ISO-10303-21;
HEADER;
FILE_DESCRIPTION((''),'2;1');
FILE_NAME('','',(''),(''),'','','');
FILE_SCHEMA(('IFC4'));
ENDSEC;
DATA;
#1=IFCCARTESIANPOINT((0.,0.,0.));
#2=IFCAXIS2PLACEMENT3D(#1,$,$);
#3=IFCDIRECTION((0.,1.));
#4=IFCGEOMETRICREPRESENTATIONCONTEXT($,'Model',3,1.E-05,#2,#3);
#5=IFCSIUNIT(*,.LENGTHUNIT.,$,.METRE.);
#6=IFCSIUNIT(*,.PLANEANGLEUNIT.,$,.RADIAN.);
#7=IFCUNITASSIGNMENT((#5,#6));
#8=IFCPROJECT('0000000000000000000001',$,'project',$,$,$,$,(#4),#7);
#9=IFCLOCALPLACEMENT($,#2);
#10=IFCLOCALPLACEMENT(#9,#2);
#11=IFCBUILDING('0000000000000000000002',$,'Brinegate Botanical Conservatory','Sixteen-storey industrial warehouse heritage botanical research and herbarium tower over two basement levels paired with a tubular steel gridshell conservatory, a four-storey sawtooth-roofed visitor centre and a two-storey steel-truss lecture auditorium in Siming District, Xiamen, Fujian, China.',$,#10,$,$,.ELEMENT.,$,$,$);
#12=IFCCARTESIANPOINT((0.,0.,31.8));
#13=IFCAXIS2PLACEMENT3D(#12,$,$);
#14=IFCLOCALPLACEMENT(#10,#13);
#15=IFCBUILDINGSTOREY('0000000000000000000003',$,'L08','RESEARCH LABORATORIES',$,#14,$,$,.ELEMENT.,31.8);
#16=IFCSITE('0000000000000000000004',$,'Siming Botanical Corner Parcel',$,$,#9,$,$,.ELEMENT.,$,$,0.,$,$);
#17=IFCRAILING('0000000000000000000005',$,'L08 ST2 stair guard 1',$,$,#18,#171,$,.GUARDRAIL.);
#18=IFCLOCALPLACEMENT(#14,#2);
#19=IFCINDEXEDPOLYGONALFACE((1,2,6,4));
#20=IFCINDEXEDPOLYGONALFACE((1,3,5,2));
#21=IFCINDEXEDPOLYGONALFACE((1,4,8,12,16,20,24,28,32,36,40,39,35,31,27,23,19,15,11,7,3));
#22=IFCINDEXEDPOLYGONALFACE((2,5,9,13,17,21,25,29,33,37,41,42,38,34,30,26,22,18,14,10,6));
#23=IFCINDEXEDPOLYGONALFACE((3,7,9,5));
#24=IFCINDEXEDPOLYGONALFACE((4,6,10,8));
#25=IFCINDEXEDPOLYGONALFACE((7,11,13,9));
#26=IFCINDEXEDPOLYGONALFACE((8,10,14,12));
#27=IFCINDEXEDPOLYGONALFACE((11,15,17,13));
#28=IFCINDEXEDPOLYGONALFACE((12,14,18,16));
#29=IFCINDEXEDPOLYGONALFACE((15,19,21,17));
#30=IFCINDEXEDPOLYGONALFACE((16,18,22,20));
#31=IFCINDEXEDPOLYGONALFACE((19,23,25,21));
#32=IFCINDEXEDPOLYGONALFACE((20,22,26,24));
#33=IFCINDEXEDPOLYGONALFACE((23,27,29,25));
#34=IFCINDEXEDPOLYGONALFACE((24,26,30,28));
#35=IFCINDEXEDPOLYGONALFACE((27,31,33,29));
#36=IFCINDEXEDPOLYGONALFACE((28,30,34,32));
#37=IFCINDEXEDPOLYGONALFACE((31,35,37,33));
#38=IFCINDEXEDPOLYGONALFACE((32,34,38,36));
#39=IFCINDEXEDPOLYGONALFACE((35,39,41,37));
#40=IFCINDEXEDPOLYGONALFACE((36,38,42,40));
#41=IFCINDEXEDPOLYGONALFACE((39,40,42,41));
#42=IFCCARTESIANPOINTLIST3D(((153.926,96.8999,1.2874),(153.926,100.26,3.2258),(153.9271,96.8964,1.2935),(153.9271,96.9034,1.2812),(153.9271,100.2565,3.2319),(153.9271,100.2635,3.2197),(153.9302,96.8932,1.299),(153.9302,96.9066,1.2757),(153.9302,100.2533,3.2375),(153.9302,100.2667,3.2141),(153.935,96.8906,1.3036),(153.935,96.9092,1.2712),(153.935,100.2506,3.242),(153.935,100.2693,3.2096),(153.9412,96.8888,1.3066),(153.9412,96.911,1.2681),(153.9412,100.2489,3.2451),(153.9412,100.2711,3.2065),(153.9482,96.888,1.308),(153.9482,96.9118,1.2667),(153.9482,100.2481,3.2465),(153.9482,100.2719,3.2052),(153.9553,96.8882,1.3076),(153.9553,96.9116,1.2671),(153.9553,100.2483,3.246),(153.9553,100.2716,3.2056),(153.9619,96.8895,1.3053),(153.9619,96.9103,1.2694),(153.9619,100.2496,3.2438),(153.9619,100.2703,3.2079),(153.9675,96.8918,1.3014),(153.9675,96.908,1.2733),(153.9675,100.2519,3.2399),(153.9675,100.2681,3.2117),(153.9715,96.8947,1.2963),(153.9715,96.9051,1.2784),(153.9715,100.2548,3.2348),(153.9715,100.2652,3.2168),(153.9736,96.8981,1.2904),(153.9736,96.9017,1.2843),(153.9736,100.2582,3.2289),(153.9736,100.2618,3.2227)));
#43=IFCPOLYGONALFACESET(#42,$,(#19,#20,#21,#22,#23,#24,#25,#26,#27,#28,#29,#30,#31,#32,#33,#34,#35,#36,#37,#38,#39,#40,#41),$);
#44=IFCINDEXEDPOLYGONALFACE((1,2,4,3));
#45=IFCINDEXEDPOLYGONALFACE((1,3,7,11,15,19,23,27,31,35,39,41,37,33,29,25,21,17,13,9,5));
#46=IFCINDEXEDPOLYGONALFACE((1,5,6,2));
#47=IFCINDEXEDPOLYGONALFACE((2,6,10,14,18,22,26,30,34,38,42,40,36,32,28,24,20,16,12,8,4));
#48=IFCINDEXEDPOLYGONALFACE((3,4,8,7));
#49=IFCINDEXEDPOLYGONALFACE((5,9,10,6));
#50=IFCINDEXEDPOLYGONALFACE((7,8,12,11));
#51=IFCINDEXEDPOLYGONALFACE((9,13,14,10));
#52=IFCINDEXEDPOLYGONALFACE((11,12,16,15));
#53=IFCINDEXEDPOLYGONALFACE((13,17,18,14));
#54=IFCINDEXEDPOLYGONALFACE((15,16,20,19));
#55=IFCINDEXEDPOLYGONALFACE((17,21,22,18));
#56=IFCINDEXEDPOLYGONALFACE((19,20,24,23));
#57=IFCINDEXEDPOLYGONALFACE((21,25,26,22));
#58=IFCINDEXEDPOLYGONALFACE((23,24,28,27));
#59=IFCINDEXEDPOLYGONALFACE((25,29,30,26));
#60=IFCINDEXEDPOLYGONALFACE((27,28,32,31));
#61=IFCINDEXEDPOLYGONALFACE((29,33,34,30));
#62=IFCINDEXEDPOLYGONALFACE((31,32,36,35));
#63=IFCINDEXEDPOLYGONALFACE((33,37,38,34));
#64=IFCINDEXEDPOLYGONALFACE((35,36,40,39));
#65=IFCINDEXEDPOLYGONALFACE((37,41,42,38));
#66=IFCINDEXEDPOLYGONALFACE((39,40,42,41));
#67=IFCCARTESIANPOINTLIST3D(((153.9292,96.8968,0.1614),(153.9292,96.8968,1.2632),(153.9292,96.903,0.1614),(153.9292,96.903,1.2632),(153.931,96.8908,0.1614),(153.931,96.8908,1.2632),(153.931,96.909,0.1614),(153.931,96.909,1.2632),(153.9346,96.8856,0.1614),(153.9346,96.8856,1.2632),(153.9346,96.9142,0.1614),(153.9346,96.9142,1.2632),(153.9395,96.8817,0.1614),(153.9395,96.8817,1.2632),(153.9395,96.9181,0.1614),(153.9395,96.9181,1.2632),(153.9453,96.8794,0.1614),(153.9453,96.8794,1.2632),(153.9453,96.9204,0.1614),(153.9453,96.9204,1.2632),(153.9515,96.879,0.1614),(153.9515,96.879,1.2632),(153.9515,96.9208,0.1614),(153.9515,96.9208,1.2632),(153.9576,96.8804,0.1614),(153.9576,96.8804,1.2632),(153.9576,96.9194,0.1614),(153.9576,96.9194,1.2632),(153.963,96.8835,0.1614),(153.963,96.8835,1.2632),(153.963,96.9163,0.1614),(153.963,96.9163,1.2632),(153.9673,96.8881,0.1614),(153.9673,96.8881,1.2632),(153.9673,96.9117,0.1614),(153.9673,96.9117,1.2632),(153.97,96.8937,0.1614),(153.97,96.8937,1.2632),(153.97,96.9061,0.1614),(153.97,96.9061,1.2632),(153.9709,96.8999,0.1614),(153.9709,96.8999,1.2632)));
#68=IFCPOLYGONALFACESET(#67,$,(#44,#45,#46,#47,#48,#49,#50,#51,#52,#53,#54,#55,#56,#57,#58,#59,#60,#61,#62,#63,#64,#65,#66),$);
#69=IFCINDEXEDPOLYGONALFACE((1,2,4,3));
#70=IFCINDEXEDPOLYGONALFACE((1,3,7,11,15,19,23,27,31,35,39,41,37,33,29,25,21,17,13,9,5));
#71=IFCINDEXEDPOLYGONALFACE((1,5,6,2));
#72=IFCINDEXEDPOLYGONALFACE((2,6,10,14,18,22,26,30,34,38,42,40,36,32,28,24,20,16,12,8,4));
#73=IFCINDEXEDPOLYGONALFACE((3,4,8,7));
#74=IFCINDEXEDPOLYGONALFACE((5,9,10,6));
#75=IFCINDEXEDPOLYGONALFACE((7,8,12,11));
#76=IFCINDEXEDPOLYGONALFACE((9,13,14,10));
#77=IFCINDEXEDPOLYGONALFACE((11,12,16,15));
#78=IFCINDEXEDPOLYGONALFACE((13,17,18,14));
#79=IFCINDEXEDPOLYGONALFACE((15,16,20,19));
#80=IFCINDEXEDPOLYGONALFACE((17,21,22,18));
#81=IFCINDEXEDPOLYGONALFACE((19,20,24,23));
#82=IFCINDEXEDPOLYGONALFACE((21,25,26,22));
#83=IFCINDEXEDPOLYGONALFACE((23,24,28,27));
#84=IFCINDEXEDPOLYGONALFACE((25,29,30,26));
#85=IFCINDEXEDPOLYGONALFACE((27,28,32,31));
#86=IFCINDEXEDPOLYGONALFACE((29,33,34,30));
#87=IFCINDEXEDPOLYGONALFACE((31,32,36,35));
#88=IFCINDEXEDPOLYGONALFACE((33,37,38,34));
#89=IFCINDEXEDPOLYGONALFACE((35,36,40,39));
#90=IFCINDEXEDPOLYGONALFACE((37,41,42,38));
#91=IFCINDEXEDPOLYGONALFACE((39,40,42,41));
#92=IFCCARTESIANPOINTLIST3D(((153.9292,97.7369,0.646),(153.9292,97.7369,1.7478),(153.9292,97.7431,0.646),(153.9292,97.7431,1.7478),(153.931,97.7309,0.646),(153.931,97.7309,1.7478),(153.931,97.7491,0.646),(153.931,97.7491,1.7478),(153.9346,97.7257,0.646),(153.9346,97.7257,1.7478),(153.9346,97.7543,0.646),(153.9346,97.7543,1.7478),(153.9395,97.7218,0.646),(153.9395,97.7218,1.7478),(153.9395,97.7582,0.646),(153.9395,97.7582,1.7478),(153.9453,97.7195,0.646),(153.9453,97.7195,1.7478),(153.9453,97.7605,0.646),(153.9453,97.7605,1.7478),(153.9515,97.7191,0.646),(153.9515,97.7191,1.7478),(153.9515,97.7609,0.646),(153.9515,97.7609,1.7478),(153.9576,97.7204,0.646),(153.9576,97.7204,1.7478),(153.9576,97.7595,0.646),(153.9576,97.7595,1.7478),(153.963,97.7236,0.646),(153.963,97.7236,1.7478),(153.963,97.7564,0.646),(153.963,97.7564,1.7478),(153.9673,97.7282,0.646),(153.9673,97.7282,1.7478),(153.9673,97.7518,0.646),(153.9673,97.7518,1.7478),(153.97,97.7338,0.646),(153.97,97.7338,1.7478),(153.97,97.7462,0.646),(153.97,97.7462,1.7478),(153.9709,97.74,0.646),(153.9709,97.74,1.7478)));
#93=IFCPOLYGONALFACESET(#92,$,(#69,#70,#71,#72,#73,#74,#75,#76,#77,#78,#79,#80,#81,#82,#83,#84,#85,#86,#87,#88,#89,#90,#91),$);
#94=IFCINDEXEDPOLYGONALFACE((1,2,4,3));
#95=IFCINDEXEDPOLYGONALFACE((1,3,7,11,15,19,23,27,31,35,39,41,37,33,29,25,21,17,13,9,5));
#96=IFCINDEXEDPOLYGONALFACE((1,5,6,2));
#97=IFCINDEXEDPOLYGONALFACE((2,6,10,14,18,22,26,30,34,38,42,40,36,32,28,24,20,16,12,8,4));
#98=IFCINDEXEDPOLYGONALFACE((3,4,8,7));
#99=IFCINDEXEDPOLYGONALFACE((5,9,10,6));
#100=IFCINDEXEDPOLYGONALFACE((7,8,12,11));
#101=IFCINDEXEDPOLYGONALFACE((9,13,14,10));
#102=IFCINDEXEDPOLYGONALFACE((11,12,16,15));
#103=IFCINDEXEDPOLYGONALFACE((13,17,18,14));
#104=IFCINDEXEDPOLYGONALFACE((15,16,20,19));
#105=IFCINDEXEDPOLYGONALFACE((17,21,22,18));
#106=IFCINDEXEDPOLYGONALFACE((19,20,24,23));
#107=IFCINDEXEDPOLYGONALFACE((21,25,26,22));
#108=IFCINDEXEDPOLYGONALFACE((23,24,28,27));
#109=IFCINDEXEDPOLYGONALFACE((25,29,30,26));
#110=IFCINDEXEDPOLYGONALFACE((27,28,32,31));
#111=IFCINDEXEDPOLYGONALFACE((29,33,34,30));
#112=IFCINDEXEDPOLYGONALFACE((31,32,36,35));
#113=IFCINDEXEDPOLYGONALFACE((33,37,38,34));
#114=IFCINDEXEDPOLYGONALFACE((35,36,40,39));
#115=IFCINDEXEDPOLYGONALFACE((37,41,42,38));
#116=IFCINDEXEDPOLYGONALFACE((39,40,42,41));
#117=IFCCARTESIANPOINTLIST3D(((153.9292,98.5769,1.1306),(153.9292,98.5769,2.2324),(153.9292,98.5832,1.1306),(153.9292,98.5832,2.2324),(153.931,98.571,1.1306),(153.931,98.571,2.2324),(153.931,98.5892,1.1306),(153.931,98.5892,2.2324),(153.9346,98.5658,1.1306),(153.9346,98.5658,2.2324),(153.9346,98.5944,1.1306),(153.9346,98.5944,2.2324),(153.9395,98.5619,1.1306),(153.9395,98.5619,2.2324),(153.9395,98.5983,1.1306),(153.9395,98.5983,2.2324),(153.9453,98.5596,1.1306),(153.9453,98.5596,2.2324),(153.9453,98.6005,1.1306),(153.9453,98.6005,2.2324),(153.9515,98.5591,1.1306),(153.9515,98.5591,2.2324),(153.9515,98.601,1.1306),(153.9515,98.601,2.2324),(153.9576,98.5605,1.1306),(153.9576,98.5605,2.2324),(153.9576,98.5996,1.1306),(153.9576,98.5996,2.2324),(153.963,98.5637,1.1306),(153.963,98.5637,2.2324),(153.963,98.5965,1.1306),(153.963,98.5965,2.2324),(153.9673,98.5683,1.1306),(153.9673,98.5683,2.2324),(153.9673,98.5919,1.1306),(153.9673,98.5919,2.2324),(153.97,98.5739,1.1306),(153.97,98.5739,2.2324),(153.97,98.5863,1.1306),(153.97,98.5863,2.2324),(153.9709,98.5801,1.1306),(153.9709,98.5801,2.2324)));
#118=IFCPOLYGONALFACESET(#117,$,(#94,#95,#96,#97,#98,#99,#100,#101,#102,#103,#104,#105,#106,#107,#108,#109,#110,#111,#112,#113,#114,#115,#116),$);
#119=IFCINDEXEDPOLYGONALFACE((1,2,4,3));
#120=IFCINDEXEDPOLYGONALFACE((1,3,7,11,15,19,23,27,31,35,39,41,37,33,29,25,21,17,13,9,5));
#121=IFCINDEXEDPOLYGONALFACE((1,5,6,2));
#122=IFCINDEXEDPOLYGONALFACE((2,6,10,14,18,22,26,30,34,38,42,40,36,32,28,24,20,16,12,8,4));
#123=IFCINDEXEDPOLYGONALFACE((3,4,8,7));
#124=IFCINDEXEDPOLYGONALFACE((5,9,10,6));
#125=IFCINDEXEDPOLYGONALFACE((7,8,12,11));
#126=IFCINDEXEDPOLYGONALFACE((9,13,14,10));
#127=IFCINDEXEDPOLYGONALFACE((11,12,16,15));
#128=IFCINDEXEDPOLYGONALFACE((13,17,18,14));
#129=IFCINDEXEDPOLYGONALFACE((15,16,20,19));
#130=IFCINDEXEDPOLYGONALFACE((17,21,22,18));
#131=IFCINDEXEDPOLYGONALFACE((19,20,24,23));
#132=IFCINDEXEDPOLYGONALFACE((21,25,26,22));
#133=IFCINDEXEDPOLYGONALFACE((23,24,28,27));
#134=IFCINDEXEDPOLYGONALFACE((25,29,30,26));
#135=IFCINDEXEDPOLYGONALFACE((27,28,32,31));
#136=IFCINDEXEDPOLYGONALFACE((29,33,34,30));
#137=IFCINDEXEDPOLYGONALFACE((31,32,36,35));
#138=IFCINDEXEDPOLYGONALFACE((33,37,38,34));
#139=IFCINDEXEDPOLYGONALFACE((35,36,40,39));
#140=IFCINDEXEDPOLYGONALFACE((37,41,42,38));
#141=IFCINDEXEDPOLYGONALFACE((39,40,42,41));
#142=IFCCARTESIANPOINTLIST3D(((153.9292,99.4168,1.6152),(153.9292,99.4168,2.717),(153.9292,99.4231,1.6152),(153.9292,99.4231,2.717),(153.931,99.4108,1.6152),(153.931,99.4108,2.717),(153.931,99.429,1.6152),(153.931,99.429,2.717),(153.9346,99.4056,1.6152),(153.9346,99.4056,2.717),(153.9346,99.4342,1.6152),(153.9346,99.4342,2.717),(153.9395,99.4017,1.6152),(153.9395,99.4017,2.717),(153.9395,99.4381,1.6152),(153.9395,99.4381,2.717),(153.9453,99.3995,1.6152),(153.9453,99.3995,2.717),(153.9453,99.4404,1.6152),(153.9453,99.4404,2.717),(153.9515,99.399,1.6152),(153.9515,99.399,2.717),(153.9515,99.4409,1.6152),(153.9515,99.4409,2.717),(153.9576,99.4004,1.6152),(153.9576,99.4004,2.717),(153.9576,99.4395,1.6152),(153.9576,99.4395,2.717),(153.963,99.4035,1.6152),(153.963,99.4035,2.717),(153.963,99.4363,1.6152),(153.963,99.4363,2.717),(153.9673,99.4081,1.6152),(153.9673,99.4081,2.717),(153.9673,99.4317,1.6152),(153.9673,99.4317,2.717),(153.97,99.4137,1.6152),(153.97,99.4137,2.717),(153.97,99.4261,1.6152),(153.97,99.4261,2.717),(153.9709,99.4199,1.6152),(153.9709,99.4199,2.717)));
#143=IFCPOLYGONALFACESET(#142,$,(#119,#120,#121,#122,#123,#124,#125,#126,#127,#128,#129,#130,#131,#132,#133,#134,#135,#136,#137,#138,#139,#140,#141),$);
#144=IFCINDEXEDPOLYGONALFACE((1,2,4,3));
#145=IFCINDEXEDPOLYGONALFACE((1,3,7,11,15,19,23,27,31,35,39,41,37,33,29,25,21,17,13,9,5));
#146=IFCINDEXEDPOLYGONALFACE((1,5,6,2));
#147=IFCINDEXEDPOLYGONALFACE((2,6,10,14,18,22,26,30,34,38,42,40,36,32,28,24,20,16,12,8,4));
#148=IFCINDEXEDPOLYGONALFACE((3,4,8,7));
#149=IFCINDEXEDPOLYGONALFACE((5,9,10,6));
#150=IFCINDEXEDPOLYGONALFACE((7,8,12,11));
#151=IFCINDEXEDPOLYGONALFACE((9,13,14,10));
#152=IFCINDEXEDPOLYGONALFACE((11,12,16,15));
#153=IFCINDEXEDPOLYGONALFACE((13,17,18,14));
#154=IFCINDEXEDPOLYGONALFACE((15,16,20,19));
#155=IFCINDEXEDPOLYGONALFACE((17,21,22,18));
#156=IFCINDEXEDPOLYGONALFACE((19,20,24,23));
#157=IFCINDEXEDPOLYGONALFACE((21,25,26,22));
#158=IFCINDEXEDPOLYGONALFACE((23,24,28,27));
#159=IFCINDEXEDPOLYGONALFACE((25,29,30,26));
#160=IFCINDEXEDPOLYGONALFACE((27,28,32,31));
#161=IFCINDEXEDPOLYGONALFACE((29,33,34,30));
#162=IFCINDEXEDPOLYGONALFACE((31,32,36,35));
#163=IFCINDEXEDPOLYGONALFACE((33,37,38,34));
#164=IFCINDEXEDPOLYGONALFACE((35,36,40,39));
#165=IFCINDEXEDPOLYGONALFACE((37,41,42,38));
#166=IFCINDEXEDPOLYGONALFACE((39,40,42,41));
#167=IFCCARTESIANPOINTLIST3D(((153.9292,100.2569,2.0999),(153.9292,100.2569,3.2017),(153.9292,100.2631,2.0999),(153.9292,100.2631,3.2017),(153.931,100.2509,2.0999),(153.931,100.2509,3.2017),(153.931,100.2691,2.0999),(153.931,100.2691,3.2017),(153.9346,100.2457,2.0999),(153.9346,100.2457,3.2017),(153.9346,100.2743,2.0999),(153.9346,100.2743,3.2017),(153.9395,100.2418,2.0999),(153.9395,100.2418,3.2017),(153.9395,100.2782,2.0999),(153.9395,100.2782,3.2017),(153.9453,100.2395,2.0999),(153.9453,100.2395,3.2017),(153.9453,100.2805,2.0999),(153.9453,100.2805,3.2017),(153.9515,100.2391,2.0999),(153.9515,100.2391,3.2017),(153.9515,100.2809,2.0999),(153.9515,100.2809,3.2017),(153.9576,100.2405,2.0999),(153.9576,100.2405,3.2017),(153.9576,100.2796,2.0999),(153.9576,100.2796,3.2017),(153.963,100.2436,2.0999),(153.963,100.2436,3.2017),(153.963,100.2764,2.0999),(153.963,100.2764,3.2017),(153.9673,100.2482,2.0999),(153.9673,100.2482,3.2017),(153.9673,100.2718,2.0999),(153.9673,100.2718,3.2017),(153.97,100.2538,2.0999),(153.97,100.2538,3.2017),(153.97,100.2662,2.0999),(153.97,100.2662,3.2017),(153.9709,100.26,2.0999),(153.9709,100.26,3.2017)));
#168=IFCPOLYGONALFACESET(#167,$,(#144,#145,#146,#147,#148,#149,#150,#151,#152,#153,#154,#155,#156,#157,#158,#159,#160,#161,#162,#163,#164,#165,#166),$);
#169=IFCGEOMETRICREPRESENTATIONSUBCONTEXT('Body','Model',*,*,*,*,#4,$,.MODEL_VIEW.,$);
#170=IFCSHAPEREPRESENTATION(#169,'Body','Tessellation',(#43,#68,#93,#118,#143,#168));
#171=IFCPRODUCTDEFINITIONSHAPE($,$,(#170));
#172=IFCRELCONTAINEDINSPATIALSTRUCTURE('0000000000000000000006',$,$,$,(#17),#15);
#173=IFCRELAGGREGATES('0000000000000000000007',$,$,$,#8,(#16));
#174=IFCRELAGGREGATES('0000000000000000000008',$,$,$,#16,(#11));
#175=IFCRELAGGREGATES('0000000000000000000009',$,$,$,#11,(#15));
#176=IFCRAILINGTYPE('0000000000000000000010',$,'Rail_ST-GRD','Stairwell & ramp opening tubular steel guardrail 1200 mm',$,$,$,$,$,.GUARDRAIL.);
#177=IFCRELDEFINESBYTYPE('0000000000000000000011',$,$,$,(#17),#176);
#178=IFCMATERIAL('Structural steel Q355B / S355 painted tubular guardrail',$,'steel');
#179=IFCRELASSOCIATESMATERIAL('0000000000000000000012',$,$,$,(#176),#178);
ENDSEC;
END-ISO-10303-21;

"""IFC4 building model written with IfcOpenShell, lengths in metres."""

from ifc_helpers import new_model, si_unit, direction, frame, origin, origin_2d, place, context, subcontext, project, spatial, circle, extrude, material, type_object, element, save


model = new_model("IFC4")

# Units and contexts
model_context = context("Model", 3, precision=1e-05, world=origin(), true_north=direction((0.0, 1.0)))
body_context = subcontext(model_context, "Body", "Model", "MODEL_VIEW")
ifc_project = project(units=[si_unit("LENGTHUNIT", "METRE"), si_unit("PLANEANGLEUNIT", "RADIAN")], contexts=[model_context])

# Site, building, storey
site_placement = place(None, origin())
site = spatial("IfcSite", under=ifc_project, at=site_placement, Name="Siming Botanical Corner Parcel", CompositionType="ELEMENT", RefElevation=0.0)
building_placement = place(site_placement, origin())
building = spatial("IfcBuilding", under=site, at=building_placement, Name="Brinegate Botanical Conservatory", Description="Sixteen-storey industrial warehouse heritage botanical research and herbarium tower over two basement levels paired with a tubular steel gridshell conservatory, a four-storey sawtooth-roofed visitor centre and a two-storey steel-truss lecture auditorium in Siming District, Xiamen, Fujian, China.", CompositionType="ELEMENT")
storey_placement = place(building_placement, frame((0.0, 0.0, 31.8)))
storey = spatial("IfcBuildingStorey", under=building, at=storey_placement, Name="L08", Description="RESEARCH LABORATORIES", CompositionType="ELEMENT", Elevation=31.8)

# Railing
ifc_material_1 = material(Name="Structural steel Q355B / S355 painted tubular guardrail", Category="steel")
railing_type_1 = type_object("IfcRailingType", Name="Rail_ST-GRD", Description="Stairwell & ramp opening tubular steel guardrail 1200 mm", PredefinedType="GUARDRAIL", material=ifc_material_1)
railing_1_placement = place(storey_placement, frame((153.95, 96.8999, 0.1614)))
element("IfcRailing", 1, at=railing_1_placement, inside=storey, type_object=railing_type_1, Name="L08 ST2 stair guard 1", PredefinedType="GUARDRAIL", context=body_context, shape_type="SweptSolid", body=[
    extrude(circle(Radius=0.0239, at=origin_2d()), frame((0.0, 0.0, 1.126), z_axis=(0.0, 0.866191, 0.499713), x_axis=(-1.0, 0.0, 0.0)), (0.0, 0.0, 1.0), 3.8792),
    extrude(circle(Radius=0.021, at=origin_2d()), origin(), (0.0, 0.0, 1.0), 1.1018),
    extrude(circle(Radius=0.021, at=origin_2d()), frame((0.0, 0.8401, 0.4846)), (0.0, 0.0, 1.0), 1.1018),
    extrude(circle(Radius=0.021, at=origin_2d()), frame((0.0, 1.6802, 0.9692)), (0.0, 0.0, 1.0), 1.1018),
    extrude(circle(Radius=0.021, at=origin_2d()), frame((0.0, 2.52, 1.4539)), (0.0, 0.0, 1.0), 1.1018),
    extrude(circle(Radius=0.021, at=origin_2d()), frame((0.0, 3.3601, 1.9385)), (0.0, 0.0, 1.0), 1.1018),
])

save(model, "model.ifc")
